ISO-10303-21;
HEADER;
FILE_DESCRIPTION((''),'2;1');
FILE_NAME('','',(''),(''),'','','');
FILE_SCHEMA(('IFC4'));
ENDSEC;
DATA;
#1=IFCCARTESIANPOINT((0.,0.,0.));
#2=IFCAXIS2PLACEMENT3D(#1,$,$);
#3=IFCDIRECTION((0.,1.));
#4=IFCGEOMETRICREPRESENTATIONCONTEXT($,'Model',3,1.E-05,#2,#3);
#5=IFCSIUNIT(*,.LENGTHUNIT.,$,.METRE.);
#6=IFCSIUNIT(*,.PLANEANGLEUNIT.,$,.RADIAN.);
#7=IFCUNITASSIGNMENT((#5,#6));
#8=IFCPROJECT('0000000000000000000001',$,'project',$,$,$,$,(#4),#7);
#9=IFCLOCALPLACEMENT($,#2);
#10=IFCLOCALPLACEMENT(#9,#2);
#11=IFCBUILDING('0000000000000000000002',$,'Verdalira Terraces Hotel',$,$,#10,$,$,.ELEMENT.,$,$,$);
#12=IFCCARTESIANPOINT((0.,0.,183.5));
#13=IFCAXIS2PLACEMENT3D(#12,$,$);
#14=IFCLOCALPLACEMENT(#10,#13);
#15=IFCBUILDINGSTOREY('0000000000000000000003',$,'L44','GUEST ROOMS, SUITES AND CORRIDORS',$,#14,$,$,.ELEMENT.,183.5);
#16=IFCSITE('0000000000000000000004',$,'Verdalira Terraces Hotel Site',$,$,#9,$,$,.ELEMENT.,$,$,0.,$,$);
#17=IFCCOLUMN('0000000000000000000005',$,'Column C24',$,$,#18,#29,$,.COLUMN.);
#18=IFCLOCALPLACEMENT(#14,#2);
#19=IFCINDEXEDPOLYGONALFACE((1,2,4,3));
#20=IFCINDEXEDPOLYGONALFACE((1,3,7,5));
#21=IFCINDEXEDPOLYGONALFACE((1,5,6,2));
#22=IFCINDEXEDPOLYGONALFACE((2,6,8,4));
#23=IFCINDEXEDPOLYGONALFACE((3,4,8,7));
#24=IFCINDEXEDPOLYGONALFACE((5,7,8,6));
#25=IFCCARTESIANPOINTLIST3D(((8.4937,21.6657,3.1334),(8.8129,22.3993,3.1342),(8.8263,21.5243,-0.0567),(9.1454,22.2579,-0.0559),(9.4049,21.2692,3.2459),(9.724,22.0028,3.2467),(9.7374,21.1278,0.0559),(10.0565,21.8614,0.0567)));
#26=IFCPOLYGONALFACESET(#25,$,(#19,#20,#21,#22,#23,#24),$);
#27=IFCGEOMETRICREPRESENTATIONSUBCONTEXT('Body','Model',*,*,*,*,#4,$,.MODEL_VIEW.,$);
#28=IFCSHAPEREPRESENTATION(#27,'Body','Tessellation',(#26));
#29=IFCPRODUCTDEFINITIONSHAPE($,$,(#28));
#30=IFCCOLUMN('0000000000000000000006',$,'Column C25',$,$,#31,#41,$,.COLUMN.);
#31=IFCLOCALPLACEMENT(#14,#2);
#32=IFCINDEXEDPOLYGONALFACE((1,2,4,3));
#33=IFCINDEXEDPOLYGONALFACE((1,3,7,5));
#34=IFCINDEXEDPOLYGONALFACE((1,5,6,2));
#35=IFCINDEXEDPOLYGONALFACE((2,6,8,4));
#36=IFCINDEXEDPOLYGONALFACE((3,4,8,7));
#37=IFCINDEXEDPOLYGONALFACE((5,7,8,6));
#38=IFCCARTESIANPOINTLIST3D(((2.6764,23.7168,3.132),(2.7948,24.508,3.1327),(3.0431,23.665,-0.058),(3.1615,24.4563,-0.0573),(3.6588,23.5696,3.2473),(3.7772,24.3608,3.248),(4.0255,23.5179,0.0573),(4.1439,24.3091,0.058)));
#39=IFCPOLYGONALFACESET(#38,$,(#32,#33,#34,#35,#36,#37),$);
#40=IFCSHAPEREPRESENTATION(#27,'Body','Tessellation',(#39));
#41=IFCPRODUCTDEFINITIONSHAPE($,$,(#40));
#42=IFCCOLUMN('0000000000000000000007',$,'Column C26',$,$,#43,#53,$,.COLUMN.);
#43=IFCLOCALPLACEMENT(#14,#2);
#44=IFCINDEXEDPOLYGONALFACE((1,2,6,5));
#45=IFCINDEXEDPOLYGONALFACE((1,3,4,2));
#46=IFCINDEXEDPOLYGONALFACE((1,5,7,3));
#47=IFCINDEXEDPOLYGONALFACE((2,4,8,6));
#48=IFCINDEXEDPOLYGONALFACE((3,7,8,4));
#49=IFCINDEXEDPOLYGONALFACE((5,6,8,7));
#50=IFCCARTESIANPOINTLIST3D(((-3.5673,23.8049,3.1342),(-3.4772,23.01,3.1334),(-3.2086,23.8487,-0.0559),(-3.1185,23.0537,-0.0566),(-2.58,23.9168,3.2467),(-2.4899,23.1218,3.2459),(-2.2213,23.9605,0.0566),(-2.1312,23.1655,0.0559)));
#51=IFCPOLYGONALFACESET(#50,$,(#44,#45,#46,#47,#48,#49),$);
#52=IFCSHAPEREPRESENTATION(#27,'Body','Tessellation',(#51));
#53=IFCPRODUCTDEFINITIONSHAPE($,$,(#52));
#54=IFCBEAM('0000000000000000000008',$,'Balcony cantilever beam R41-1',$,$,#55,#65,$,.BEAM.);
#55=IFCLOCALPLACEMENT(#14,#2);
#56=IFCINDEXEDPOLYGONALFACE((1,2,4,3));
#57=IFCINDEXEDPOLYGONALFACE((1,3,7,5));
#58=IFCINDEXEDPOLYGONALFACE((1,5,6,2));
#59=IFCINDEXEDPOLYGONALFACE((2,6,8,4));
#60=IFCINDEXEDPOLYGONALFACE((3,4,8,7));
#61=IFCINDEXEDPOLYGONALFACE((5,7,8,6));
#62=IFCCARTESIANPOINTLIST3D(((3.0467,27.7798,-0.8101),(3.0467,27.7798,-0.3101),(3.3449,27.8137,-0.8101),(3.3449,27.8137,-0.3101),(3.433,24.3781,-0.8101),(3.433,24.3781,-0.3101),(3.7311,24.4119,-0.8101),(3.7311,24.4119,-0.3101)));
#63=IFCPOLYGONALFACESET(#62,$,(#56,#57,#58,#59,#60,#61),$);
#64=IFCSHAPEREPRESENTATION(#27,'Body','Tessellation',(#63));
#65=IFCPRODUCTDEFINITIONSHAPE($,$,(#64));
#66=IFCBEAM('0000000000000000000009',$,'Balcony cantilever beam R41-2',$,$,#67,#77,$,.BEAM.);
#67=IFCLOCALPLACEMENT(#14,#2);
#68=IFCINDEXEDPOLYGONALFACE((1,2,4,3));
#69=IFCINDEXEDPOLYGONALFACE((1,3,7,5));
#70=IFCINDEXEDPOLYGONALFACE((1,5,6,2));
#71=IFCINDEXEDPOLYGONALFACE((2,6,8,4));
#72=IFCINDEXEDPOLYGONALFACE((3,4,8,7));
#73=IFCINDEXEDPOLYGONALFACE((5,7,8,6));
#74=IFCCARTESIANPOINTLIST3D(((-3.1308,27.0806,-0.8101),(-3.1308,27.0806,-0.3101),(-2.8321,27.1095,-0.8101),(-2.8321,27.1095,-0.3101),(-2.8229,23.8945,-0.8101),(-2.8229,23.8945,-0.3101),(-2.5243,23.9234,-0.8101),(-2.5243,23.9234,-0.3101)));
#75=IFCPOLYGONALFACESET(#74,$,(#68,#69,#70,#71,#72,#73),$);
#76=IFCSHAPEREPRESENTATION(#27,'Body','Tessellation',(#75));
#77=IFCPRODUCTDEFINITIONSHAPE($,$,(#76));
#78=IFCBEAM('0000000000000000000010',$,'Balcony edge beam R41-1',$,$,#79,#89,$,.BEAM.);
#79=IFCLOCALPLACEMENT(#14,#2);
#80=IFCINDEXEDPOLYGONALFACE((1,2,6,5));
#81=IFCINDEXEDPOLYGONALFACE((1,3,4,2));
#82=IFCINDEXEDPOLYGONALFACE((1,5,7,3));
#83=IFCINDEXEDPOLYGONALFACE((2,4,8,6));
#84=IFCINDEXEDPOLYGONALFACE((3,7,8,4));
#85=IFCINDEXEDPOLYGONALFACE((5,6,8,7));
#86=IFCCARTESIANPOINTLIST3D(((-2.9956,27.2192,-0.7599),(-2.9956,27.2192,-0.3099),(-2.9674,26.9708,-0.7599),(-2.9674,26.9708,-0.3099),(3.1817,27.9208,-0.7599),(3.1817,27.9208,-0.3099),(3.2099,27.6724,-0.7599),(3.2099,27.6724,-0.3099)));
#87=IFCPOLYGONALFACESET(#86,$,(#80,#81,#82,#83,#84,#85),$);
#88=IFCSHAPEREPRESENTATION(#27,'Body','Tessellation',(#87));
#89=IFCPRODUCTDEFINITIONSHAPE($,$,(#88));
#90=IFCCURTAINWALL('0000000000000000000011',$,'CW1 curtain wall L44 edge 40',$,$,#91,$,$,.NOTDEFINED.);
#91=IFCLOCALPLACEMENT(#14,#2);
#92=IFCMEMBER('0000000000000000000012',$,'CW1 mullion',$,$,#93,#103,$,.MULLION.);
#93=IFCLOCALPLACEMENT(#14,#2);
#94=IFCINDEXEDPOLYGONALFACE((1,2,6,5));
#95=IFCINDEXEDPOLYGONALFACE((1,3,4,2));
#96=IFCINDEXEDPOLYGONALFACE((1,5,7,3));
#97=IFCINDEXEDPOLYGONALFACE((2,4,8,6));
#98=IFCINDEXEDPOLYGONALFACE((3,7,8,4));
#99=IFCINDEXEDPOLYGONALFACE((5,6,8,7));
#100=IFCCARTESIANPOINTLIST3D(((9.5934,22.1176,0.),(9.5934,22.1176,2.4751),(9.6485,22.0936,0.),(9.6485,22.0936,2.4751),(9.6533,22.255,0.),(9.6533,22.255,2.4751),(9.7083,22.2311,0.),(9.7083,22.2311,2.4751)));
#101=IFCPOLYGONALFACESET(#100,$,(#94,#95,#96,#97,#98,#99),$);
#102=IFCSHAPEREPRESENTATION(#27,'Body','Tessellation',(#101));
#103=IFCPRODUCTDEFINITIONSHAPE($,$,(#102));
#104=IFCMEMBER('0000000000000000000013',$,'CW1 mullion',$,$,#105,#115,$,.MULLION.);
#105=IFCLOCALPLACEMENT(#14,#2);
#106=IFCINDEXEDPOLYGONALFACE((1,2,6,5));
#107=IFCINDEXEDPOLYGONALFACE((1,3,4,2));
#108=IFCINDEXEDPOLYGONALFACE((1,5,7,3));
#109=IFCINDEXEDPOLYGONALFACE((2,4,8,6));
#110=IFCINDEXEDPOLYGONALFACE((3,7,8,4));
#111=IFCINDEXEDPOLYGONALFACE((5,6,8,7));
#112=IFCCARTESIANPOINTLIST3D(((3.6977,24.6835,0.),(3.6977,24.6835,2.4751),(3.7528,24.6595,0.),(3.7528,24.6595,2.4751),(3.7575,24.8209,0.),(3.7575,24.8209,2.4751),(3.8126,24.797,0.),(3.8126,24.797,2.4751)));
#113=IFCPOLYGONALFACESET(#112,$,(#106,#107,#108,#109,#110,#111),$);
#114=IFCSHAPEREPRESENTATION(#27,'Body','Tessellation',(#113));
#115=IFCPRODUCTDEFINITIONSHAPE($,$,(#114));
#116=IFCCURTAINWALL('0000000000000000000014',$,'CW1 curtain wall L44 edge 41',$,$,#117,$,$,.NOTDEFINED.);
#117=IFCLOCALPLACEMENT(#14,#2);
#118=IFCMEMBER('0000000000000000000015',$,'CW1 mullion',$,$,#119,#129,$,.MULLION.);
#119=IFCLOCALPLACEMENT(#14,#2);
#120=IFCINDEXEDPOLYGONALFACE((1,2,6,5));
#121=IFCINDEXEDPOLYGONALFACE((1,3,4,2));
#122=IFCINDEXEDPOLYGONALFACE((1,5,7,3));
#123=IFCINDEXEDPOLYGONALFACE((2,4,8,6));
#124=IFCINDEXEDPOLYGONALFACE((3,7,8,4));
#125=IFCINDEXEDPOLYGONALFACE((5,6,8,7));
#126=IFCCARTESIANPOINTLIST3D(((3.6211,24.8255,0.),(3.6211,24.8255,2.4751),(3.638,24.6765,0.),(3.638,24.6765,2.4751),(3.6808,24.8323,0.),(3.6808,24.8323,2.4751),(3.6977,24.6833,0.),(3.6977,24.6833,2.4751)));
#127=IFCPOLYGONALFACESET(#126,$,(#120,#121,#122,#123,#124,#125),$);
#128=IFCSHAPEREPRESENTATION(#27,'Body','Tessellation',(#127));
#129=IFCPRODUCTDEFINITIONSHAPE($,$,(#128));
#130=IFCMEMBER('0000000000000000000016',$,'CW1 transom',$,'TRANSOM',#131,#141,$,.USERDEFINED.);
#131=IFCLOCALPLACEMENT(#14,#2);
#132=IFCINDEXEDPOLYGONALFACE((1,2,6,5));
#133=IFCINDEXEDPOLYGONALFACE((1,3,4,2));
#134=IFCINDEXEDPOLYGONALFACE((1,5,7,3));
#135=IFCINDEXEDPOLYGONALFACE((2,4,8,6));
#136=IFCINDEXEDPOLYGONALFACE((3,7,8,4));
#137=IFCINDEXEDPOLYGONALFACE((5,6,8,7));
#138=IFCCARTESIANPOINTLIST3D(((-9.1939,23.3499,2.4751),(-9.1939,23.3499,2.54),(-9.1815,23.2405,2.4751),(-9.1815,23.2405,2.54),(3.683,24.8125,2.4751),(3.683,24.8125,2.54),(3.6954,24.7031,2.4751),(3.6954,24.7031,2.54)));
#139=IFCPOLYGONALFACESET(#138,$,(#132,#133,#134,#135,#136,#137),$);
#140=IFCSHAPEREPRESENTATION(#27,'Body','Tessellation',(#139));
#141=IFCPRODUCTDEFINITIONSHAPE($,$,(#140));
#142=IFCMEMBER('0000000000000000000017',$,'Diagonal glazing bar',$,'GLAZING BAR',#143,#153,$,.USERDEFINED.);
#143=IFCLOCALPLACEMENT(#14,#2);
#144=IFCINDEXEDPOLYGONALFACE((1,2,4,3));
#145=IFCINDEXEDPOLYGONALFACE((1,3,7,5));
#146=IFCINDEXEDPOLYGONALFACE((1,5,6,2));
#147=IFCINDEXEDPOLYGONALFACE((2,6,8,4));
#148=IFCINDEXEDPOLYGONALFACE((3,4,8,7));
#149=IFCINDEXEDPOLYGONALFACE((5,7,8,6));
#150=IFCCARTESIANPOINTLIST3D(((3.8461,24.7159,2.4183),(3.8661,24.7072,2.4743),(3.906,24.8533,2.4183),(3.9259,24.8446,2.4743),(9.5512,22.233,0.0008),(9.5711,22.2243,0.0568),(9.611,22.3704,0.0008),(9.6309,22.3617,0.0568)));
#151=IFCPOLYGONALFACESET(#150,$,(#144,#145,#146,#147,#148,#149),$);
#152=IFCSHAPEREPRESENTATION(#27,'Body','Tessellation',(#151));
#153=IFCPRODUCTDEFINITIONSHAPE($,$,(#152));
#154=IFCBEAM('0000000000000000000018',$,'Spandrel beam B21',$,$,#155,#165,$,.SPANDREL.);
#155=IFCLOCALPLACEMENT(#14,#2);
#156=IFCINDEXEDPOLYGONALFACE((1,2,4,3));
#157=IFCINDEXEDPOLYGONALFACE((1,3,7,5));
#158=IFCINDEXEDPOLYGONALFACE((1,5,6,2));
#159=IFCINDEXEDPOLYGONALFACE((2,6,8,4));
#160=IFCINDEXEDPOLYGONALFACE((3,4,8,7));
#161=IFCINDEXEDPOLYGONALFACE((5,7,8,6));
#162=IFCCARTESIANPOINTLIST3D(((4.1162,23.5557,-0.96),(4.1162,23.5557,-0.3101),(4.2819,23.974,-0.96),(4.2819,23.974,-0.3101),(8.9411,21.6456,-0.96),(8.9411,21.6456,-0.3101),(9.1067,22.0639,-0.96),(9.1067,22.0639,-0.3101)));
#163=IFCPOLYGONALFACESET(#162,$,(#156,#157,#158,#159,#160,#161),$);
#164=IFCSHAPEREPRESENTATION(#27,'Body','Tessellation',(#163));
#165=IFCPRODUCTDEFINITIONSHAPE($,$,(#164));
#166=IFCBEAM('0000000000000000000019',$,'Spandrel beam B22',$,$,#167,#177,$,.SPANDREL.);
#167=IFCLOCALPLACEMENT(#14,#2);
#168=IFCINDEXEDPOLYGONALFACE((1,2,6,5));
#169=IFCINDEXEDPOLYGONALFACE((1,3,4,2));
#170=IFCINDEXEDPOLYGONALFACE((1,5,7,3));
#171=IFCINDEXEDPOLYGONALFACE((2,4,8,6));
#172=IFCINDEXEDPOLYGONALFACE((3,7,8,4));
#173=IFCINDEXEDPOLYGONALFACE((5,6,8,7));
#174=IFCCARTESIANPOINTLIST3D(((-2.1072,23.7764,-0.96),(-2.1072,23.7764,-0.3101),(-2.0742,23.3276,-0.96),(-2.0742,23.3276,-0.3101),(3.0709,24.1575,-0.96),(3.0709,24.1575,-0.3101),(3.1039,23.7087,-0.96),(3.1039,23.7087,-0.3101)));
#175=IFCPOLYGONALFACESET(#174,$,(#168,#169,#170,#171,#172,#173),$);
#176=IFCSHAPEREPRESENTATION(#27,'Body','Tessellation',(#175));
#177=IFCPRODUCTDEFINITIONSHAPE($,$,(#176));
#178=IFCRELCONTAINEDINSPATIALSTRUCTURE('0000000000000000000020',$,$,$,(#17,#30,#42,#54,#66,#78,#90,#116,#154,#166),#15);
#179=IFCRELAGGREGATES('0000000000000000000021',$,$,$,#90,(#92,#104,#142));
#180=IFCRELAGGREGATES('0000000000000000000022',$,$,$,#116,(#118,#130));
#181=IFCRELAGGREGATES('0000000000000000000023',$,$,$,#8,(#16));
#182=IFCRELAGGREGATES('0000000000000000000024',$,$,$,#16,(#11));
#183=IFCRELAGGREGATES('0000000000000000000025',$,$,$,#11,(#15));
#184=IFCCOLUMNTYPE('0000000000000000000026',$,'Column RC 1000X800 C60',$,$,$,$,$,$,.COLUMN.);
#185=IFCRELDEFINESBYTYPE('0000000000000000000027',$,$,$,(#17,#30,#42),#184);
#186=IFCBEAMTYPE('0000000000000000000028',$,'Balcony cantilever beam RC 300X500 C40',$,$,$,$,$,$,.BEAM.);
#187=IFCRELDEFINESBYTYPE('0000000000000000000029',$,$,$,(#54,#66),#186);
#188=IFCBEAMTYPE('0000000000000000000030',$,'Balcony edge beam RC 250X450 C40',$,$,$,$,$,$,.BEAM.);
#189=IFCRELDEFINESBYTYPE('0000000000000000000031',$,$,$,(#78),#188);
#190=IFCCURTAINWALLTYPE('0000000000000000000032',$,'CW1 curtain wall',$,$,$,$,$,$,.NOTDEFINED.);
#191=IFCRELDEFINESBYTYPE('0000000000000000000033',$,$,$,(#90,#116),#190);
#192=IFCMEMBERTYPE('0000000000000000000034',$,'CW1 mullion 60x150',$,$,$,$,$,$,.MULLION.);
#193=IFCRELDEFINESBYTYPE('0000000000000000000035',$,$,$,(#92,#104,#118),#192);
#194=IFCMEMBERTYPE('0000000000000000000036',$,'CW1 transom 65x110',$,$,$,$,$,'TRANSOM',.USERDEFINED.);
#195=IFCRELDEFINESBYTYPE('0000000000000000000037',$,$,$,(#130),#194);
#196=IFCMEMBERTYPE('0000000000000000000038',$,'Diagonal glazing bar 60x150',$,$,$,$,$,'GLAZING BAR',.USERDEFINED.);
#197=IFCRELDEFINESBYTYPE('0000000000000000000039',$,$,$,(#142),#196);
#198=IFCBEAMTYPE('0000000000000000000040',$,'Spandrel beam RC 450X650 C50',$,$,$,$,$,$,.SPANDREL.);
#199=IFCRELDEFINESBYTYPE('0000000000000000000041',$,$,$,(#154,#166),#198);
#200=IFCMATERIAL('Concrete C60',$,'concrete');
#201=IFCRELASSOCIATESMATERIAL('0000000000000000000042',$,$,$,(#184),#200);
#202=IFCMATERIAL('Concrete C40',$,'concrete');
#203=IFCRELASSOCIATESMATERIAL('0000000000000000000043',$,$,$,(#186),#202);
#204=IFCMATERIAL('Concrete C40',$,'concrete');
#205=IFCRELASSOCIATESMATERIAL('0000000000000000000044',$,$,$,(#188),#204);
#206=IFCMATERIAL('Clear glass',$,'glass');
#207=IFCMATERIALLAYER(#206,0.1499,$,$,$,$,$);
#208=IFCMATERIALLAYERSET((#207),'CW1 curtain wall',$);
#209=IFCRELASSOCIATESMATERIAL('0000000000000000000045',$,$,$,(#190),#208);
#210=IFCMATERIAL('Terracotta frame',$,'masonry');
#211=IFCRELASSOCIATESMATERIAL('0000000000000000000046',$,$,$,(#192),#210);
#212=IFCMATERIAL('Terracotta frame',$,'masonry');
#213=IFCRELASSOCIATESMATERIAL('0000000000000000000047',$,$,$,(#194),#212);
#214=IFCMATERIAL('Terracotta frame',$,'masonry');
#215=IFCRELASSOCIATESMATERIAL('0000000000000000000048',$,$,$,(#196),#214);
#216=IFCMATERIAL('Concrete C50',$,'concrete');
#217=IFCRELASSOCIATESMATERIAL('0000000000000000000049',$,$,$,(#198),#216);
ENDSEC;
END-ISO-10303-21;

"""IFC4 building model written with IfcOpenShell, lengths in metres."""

from ifc_helpers import new_model, si_unit, direction, frame, origin, origin_2d, place, context, subcontext, project, spatial, rectangle, extrude, material, layer, layer_set, material_profile, profile_set, type_object, element, aggregate, save


model = new_model("IFC4")

# Units and contexts
model_context = context("Model", 3, precision=1e-05, world=origin(), true_north=direction((0.0, 1.0)))
body_context = subcontext(model_context, "Body", "Model", "MODEL_VIEW")
ifc_project = project(units=[si_unit("LENGTHUNIT", "METRE"), si_unit("PLANEANGLEUNIT", "RADIAN")], contexts=[model_context])

# Site, building, storey
site_placement = place(None, origin())
site = spatial("IfcSite", under=ifc_project, at=site_placement, Name="Verdalira Terraces Hotel Site", CompositionType="ELEMENT", RefElevation=0.0)
building_placement = place(site_placement, origin())
building = spatial("IfcBuilding", under=site, at=building_placement, Name="Verdalira Terraces Hotel", CompositionType="ELEMENT")
storey_placement = place(building_placement, frame((0.0, 0.0, 183.5)))
storey = spatial("IfcBuildingStorey", under=building, at=storey_placement, Name="L44", Description="GUEST ROOMS, SUITES AND CORRIDORS", CompositionType="ELEMENT", Elevation=183.5)

# Columns
ifc_material_1 = material(Name="Concrete C60", Category="concrete")
ifc_material_profile_1 = material_profile(ifc_material_1, rectangle(XDim=1.0, YDim=0.8, at=origin_2d()), Name="RC 1000X800")
ifc_profile_set_1 = profile_set([ifc_material_profile_1], Name="Concrete C60")
column_type = type_object("IfcColumnType", Name="Column RC 1000X800 C60", PredefinedType="COLUMN", material=ifc_profile_set_1)
column_1_placement = place(storey_placement, frame((9.4414, 21.6929, 0.0), z_axis=(-0.103578, 0.044032, 0.993646), x_axis=(-0.911116, 0.396486, -0.112544)))
element("IfcColumn", 1, at=column_1_placement, inside=storey, type_object=column_type, Name="Column C24", PredefinedType="COLUMN", context=body_context, shape_type="SweptSolid", body=[
    extrude(rectangle(XDim=1.0, YDim=0.8, at=origin_2d()), origin(), (0.0, 0.0, 1.0), 3.2104),
])
column_2_placement = place(storey_placement, frame((3.5935, 23.9871, 0.0), z_axis=(-0.114188, 0.016117, 0.993328), x_axis=(0.982366, -0.147173, 0.115316)))
element("IfcColumn", 2, at=column_2_placement, inside=storey, type_object=column_type, Name="Column C25", PredefinedType="COLUMN", context=body_context, shape_type="SweptSolid", body=[
    extrude(rectangle(XDim=1.0, YDim=0.8, at=origin_2d()), origin(), (0.0, 0.0, 1.0), 3.2114),
])
column_3_placement = place(storey_placement, frame((-2.6699, 23.5071, 0.0), z_axis=(-0.111715, -0.013613, 0.993647), x_axis=(-0.987336, -0.111815, -0.112537)))
element("IfcColumn", 3, at=column_3_placement, inside=storey, type_object=column_type, Name="Column C26", PredefinedType="COLUMN", context=body_context, shape_type="SweptSolid", body=[
    extrude(rectangle(XDim=1.0, YDim=0.8, at=origin_2d()), origin(), (0.0, 0.0, 1.0), 3.2104),
])

# Beams
ifc_material_2 = material(Name="Concrete C40", Category="concrete")
ifc_material_profile_2 = material_profile(ifc_material_2, rectangle(XDim=0.3, YDim=0.5, at=origin_2d()), Name="RC 300X500")
ifc_profile_set_2 = profile_set([ifc_material_profile_2], Name="Concrete C40")
beam_type_1 = type_object("IfcBeamType", Name="Balcony cantilever beam RC 300X500 C40", PredefinedType="BEAM", material=ifc_profile_set_2)
beam_1_placement = place(storey_placement, frame((3.582, 24.395, -0.5601), z_axis=(-0.112818, 0.993616, 0.0), x_axis=(-0.993616, -0.112818, 0.0)))
element("IfcBeam", 4, at=beam_1_placement, inside=storey, type_object=beam_type_1, Name="Balcony cantilever beam R41-1", PredefinedType="BEAM", context=body_context, shape_type="SweptSolid", body=[
    extrude(rectangle(XDim=0.3, YDim=0.5, at=origin_2d()), origin(), (0.0, 0.0, 1.0), 3.4236),
])
beam_2_placement = place(storey_placement, frame((-2.6736, 23.9089, -0.5601), z_axis=(-0.09618, 0.995364, 0.0), x_axis=(-0.995364, -0.09618, 0.0)))
element("IfcBeam", 5, at=beam_2_placement, inside=storey, type_object=beam_type_1, Name="Balcony cantilever beam R41-2", PredefinedType="BEAM", context=body_context, shape_type="SweptSolid", body=[
    extrude(rectangle(XDim=0.3, YDim=0.5, at=origin_2d()), origin(), (0.0, 0.0, 1.0), 3.2009),
])
ifc_material_3 = material(Name="Concrete C40", Category="concrete")
ifc_material_profile_3 = material_profile(ifc_material_3, rectangle(XDim=0.25, YDim=0.45, at=origin_2d()), Name="RC 250X450")
ifc_profile_set_3 = profile_set([ifc_material_profile_3], Name="Concrete C40")
beam_type_2 = type_object("IfcBeamType", Name="Balcony edge beam RC 250X450 C40", PredefinedType="BEAM", material=ifc_profile_set_3)
beam_3_placement = place(storey_placement, frame((3.1958, 27.7966, -0.5349), z_axis=(-0.993611, -0.112862, 0.0), x_axis=(0.112862, -0.993611, 0.0)))
element("IfcBeam", 6, at=beam_3_placement, inside=storey, type_object=beam_type_2, Name="Balcony edge beam R41-1", PredefinedType="BEAM", context=body_context, shape_type="SweptSolid", body=[
    extrude(rectangle(XDim=0.25, YDim=0.45, at=origin_2d()), origin(), (0.0, 0.0, 1.0), 6.217),
])

# Curtain walls, members
ifc_material_4 = material(Name="Clear glass", Category="glass")
ifc_layer_1 = layer(ifc_material_4, 0.1499)
ifc_layer_set_1 = layer_set([ifc_layer_1], Name="CW1 curtain wall")
curtain_wall_type = type_object("IfcCurtainWallType", Name="CW1 curtain wall", PredefinedType="NOTDEFINED", material=ifc_layer_set_1)
curtain_wall_1_placement = place(storey_placement, origin())
curtain_wall_1 = element("IfcCurtainWall", 7, at=curtain_wall_1_placement, inside=storey, type_object=curtain_wall_type, Name="CW1 curtain wall L44 edge 40", PredefinedType="NOTDEFINED")
ifc_material_5 = material(Name="Terracotta frame", Category="masonry")
ifc_material_profile_4 = material_profile(ifc_material_5, rectangle(XDim=0.0601, YDim=0.1499, at=origin_2d()), Name="MU 60x150")
ifc_profile_set_4 = profile_set([ifc_material_profile_4], Name="Terracotta frame")
member_type_1 = type_object("IfcMemberType", Name="CW1 mullion 60x150", PredefinedType="MULLION", material=ifc_profile_set_4)
member_1_placement = place(storey_placement, frame((9.6509, 22.1743, 0.0), z_axis=(0.0, 0.0, 1.0), x_axis=(-0.916921, 0.399069, 0.0)))
member_1 = element("IfcMember", 8, at=member_1_placement, type_object=member_type_1, Name="CW1 mullion", PredefinedType="MULLION", context=body_context, shape_type="SweptSolid", body=[
    extrude(rectangle(XDim=0.0601, YDim=0.1499, at=origin_2d()), origin(), (0.0, 0.0, 1.0), 2.4751),
])
member_2_placement = place(storey_placement, frame((3.7551, 24.7402, 0.0), z_axis=(0.0, 0.0, 1.0), x_axis=(-0.916921, 0.399069, 0.0)))
member_2 = element("IfcMember", 9, at=member_2_placement, type_object=member_type_1, Name="CW1 mullion", PredefinedType="MULLION", context=body_context, shape_type="SweptSolid", body=[
    extrude(rectangle(XDim=0.0601, YDim=0.1499, at=origin_2d()), origin(), (0.0, 0.0, 1.0), 2.4751),
])
curtain_wall_2_placement = place(storey_placement, origin())
curtain_wall_2 = element("IfcCurtainWall", 10, at=curtain_wall_2_placement, inside=storey, type_object=curtain_wall_type, Name="CW1 curtain wall L44 edge 41", PredefinedType="NOTDEFINED")
member_3_placement = place(storey_placement, frame((3.6594, 24.7544, 0.0), z_axis=(0.0, 0.0, 1.0), x_axis=(-0.993611, -0.112856, 0.0)))
member_3 = element("IfcMember", 11, at=member_3_placement, type_object=member_type_1, Name="CW1 mullion", PredefinedType="MULLION", context=body_context, shape_type="SweptSolid", body=[
    extrude(rectangle(XDim=0.0601, YDim=0.1499, at=origin_2d()), origin(), (0.0, 0.0, 1.0), 2.4751),
])
ifc_material_6 = material(Name="Terracotta frame", Category="masonry")
ifc_material_profile_5 = material_profile(ifc_material_6, rectangle(XDim=0.1101, YDim=0.0649, at=origin_2d()), Name="TR 65x110")
ifc_profile_set_5 = profile_set([ifc_material_profile_5], Name="Terracotta frame")
member_type_2 = type_object("IfcMemberType", Name="CW1 transom 65x110", ElementType="TRANSOM", PredefinedType="USERDEFINED", material=ifc_profile_set_5)
member_4_placement = place(storey_placement, frame((3.6892, 24.7578, 2.5076), z_axis=(-0.993611, -0.112861, 0.0), x_axis=(0.112861, -0.993611, 0.0)))
member_4 = element("IfcMember", 12, at=member_4_placement, type_object=member_type_2, Name="CW1 transom", ObjectType="TRANSOM", PredefinedType="USERDEFINED", context=body_context, shape_type="SweptSolid", body=[
    extrude(rectangle(XDim=0.1101, YDim=0.0649, at=origin_2d()), origin(), (0.0, 0.0, 1.0), 12.9597),
])

# Member
ifc_material_7 = material(Name="Terracotta frame", Category="masonry")
ifc_material_profile_6 = material_profile(ifc_material_7, rectangle(XDim=0.1499, YDim=0.0601, at=origin_2d()), Name="GB 60x150")
ifc_profile_set_6 = profile_set([ifc_material_profile_6], Name="Terracotta frame")
member_type_3 = type_object("IfcMemberType", Name="Diagonal glazing bar 60x150", ElementType="GLAZING BAR", PredefinedType="USERDEFINED", material=ifc_profile_set_6)
member_5_placement = place(storey_placement, frame((9.5911, 22.2974, 0.0288), z_axis=(-0.85468, 0.371966, 0.362164), x_axis=(-0.399056, -0.916927, 0.0)))
member_5 = element("IfcMember", 13, at=member_5_placement, type_object=member_type_3, Name="Diagonal glazing bar", ObjectType="GLAZING BAR", PredefinedType="USERDEFINED", context=body_context, shape_type="SweptSolid", body=[
    extrude(rectangle(XDim=0.1499, YDim=0.0601, at=origin_2d()), origin(), (0.0, 0.0, 1.0), 6.675),
])

# Beams
ifc_material_8 = material(Name="Concrete C50", Category="concrete")
ifc_material_profile_7 = material_profile(ifc_material_8, rectangle(XDim=0.45, YDim=0.6499, at=origin_2d()), Name="RC 450X650")
ifc_profile_set_7 = profile_set([ifc_material_profile_7], Name="Concrete C50")
beam_type_3 = type_object("IfcBeamType", Name="Spandrel beam RC 450X650 C50", PredefinedType="SPANDREL", material=ifc_profile_set_7)
beam_4_placement = place(storey_placement, frame((9.0239, 21.8547, -0.635), z_axis=(-0.929788, 0.368095, 0.0), x_axis=(-0.368095, -0.929788, 0.0)))
element("IfcBeam", 14, at=beam_4_placement, inside=storey, type_object=beam_type_3, Name="Spandrel beam B21", PredefinedType="SPANDREL", context=body_context, shape_type="SweptSolid", body=[
    extrude(rectangle(XDim=0.45, YDim=0.6499, at=origin_2d()), origin(), (0.0, 0.0, 1.0), 5.1892),
])
beam_5_placement = place(storey_placement, frame((3.0874, 23.9331, -0.635), z_axis=(-0.997303, -0.073399, 0.0), x_axis=(0.073399, -0.997303, 0.0)))
element("IfcBeam", 15, at=beam_5_placement, inside=storey, type_object=beam_type_3, Name="Spandrel beam B22", PredefinedType="SPANDREL", context=body_context, shape_type="SweptSolid", body=[
    extrude(rectangle(XDim=0.45, YDim=0.6499, at=origin_2d()), origin(), (0.0, 0.0, 1.0), 5.1921),
])

aggregate(curtain_wall_1, [member_1, member_2, member_5])
aggregate(curtain_wall_2, [member_3, member_4])

save(model, "model.ifc")
